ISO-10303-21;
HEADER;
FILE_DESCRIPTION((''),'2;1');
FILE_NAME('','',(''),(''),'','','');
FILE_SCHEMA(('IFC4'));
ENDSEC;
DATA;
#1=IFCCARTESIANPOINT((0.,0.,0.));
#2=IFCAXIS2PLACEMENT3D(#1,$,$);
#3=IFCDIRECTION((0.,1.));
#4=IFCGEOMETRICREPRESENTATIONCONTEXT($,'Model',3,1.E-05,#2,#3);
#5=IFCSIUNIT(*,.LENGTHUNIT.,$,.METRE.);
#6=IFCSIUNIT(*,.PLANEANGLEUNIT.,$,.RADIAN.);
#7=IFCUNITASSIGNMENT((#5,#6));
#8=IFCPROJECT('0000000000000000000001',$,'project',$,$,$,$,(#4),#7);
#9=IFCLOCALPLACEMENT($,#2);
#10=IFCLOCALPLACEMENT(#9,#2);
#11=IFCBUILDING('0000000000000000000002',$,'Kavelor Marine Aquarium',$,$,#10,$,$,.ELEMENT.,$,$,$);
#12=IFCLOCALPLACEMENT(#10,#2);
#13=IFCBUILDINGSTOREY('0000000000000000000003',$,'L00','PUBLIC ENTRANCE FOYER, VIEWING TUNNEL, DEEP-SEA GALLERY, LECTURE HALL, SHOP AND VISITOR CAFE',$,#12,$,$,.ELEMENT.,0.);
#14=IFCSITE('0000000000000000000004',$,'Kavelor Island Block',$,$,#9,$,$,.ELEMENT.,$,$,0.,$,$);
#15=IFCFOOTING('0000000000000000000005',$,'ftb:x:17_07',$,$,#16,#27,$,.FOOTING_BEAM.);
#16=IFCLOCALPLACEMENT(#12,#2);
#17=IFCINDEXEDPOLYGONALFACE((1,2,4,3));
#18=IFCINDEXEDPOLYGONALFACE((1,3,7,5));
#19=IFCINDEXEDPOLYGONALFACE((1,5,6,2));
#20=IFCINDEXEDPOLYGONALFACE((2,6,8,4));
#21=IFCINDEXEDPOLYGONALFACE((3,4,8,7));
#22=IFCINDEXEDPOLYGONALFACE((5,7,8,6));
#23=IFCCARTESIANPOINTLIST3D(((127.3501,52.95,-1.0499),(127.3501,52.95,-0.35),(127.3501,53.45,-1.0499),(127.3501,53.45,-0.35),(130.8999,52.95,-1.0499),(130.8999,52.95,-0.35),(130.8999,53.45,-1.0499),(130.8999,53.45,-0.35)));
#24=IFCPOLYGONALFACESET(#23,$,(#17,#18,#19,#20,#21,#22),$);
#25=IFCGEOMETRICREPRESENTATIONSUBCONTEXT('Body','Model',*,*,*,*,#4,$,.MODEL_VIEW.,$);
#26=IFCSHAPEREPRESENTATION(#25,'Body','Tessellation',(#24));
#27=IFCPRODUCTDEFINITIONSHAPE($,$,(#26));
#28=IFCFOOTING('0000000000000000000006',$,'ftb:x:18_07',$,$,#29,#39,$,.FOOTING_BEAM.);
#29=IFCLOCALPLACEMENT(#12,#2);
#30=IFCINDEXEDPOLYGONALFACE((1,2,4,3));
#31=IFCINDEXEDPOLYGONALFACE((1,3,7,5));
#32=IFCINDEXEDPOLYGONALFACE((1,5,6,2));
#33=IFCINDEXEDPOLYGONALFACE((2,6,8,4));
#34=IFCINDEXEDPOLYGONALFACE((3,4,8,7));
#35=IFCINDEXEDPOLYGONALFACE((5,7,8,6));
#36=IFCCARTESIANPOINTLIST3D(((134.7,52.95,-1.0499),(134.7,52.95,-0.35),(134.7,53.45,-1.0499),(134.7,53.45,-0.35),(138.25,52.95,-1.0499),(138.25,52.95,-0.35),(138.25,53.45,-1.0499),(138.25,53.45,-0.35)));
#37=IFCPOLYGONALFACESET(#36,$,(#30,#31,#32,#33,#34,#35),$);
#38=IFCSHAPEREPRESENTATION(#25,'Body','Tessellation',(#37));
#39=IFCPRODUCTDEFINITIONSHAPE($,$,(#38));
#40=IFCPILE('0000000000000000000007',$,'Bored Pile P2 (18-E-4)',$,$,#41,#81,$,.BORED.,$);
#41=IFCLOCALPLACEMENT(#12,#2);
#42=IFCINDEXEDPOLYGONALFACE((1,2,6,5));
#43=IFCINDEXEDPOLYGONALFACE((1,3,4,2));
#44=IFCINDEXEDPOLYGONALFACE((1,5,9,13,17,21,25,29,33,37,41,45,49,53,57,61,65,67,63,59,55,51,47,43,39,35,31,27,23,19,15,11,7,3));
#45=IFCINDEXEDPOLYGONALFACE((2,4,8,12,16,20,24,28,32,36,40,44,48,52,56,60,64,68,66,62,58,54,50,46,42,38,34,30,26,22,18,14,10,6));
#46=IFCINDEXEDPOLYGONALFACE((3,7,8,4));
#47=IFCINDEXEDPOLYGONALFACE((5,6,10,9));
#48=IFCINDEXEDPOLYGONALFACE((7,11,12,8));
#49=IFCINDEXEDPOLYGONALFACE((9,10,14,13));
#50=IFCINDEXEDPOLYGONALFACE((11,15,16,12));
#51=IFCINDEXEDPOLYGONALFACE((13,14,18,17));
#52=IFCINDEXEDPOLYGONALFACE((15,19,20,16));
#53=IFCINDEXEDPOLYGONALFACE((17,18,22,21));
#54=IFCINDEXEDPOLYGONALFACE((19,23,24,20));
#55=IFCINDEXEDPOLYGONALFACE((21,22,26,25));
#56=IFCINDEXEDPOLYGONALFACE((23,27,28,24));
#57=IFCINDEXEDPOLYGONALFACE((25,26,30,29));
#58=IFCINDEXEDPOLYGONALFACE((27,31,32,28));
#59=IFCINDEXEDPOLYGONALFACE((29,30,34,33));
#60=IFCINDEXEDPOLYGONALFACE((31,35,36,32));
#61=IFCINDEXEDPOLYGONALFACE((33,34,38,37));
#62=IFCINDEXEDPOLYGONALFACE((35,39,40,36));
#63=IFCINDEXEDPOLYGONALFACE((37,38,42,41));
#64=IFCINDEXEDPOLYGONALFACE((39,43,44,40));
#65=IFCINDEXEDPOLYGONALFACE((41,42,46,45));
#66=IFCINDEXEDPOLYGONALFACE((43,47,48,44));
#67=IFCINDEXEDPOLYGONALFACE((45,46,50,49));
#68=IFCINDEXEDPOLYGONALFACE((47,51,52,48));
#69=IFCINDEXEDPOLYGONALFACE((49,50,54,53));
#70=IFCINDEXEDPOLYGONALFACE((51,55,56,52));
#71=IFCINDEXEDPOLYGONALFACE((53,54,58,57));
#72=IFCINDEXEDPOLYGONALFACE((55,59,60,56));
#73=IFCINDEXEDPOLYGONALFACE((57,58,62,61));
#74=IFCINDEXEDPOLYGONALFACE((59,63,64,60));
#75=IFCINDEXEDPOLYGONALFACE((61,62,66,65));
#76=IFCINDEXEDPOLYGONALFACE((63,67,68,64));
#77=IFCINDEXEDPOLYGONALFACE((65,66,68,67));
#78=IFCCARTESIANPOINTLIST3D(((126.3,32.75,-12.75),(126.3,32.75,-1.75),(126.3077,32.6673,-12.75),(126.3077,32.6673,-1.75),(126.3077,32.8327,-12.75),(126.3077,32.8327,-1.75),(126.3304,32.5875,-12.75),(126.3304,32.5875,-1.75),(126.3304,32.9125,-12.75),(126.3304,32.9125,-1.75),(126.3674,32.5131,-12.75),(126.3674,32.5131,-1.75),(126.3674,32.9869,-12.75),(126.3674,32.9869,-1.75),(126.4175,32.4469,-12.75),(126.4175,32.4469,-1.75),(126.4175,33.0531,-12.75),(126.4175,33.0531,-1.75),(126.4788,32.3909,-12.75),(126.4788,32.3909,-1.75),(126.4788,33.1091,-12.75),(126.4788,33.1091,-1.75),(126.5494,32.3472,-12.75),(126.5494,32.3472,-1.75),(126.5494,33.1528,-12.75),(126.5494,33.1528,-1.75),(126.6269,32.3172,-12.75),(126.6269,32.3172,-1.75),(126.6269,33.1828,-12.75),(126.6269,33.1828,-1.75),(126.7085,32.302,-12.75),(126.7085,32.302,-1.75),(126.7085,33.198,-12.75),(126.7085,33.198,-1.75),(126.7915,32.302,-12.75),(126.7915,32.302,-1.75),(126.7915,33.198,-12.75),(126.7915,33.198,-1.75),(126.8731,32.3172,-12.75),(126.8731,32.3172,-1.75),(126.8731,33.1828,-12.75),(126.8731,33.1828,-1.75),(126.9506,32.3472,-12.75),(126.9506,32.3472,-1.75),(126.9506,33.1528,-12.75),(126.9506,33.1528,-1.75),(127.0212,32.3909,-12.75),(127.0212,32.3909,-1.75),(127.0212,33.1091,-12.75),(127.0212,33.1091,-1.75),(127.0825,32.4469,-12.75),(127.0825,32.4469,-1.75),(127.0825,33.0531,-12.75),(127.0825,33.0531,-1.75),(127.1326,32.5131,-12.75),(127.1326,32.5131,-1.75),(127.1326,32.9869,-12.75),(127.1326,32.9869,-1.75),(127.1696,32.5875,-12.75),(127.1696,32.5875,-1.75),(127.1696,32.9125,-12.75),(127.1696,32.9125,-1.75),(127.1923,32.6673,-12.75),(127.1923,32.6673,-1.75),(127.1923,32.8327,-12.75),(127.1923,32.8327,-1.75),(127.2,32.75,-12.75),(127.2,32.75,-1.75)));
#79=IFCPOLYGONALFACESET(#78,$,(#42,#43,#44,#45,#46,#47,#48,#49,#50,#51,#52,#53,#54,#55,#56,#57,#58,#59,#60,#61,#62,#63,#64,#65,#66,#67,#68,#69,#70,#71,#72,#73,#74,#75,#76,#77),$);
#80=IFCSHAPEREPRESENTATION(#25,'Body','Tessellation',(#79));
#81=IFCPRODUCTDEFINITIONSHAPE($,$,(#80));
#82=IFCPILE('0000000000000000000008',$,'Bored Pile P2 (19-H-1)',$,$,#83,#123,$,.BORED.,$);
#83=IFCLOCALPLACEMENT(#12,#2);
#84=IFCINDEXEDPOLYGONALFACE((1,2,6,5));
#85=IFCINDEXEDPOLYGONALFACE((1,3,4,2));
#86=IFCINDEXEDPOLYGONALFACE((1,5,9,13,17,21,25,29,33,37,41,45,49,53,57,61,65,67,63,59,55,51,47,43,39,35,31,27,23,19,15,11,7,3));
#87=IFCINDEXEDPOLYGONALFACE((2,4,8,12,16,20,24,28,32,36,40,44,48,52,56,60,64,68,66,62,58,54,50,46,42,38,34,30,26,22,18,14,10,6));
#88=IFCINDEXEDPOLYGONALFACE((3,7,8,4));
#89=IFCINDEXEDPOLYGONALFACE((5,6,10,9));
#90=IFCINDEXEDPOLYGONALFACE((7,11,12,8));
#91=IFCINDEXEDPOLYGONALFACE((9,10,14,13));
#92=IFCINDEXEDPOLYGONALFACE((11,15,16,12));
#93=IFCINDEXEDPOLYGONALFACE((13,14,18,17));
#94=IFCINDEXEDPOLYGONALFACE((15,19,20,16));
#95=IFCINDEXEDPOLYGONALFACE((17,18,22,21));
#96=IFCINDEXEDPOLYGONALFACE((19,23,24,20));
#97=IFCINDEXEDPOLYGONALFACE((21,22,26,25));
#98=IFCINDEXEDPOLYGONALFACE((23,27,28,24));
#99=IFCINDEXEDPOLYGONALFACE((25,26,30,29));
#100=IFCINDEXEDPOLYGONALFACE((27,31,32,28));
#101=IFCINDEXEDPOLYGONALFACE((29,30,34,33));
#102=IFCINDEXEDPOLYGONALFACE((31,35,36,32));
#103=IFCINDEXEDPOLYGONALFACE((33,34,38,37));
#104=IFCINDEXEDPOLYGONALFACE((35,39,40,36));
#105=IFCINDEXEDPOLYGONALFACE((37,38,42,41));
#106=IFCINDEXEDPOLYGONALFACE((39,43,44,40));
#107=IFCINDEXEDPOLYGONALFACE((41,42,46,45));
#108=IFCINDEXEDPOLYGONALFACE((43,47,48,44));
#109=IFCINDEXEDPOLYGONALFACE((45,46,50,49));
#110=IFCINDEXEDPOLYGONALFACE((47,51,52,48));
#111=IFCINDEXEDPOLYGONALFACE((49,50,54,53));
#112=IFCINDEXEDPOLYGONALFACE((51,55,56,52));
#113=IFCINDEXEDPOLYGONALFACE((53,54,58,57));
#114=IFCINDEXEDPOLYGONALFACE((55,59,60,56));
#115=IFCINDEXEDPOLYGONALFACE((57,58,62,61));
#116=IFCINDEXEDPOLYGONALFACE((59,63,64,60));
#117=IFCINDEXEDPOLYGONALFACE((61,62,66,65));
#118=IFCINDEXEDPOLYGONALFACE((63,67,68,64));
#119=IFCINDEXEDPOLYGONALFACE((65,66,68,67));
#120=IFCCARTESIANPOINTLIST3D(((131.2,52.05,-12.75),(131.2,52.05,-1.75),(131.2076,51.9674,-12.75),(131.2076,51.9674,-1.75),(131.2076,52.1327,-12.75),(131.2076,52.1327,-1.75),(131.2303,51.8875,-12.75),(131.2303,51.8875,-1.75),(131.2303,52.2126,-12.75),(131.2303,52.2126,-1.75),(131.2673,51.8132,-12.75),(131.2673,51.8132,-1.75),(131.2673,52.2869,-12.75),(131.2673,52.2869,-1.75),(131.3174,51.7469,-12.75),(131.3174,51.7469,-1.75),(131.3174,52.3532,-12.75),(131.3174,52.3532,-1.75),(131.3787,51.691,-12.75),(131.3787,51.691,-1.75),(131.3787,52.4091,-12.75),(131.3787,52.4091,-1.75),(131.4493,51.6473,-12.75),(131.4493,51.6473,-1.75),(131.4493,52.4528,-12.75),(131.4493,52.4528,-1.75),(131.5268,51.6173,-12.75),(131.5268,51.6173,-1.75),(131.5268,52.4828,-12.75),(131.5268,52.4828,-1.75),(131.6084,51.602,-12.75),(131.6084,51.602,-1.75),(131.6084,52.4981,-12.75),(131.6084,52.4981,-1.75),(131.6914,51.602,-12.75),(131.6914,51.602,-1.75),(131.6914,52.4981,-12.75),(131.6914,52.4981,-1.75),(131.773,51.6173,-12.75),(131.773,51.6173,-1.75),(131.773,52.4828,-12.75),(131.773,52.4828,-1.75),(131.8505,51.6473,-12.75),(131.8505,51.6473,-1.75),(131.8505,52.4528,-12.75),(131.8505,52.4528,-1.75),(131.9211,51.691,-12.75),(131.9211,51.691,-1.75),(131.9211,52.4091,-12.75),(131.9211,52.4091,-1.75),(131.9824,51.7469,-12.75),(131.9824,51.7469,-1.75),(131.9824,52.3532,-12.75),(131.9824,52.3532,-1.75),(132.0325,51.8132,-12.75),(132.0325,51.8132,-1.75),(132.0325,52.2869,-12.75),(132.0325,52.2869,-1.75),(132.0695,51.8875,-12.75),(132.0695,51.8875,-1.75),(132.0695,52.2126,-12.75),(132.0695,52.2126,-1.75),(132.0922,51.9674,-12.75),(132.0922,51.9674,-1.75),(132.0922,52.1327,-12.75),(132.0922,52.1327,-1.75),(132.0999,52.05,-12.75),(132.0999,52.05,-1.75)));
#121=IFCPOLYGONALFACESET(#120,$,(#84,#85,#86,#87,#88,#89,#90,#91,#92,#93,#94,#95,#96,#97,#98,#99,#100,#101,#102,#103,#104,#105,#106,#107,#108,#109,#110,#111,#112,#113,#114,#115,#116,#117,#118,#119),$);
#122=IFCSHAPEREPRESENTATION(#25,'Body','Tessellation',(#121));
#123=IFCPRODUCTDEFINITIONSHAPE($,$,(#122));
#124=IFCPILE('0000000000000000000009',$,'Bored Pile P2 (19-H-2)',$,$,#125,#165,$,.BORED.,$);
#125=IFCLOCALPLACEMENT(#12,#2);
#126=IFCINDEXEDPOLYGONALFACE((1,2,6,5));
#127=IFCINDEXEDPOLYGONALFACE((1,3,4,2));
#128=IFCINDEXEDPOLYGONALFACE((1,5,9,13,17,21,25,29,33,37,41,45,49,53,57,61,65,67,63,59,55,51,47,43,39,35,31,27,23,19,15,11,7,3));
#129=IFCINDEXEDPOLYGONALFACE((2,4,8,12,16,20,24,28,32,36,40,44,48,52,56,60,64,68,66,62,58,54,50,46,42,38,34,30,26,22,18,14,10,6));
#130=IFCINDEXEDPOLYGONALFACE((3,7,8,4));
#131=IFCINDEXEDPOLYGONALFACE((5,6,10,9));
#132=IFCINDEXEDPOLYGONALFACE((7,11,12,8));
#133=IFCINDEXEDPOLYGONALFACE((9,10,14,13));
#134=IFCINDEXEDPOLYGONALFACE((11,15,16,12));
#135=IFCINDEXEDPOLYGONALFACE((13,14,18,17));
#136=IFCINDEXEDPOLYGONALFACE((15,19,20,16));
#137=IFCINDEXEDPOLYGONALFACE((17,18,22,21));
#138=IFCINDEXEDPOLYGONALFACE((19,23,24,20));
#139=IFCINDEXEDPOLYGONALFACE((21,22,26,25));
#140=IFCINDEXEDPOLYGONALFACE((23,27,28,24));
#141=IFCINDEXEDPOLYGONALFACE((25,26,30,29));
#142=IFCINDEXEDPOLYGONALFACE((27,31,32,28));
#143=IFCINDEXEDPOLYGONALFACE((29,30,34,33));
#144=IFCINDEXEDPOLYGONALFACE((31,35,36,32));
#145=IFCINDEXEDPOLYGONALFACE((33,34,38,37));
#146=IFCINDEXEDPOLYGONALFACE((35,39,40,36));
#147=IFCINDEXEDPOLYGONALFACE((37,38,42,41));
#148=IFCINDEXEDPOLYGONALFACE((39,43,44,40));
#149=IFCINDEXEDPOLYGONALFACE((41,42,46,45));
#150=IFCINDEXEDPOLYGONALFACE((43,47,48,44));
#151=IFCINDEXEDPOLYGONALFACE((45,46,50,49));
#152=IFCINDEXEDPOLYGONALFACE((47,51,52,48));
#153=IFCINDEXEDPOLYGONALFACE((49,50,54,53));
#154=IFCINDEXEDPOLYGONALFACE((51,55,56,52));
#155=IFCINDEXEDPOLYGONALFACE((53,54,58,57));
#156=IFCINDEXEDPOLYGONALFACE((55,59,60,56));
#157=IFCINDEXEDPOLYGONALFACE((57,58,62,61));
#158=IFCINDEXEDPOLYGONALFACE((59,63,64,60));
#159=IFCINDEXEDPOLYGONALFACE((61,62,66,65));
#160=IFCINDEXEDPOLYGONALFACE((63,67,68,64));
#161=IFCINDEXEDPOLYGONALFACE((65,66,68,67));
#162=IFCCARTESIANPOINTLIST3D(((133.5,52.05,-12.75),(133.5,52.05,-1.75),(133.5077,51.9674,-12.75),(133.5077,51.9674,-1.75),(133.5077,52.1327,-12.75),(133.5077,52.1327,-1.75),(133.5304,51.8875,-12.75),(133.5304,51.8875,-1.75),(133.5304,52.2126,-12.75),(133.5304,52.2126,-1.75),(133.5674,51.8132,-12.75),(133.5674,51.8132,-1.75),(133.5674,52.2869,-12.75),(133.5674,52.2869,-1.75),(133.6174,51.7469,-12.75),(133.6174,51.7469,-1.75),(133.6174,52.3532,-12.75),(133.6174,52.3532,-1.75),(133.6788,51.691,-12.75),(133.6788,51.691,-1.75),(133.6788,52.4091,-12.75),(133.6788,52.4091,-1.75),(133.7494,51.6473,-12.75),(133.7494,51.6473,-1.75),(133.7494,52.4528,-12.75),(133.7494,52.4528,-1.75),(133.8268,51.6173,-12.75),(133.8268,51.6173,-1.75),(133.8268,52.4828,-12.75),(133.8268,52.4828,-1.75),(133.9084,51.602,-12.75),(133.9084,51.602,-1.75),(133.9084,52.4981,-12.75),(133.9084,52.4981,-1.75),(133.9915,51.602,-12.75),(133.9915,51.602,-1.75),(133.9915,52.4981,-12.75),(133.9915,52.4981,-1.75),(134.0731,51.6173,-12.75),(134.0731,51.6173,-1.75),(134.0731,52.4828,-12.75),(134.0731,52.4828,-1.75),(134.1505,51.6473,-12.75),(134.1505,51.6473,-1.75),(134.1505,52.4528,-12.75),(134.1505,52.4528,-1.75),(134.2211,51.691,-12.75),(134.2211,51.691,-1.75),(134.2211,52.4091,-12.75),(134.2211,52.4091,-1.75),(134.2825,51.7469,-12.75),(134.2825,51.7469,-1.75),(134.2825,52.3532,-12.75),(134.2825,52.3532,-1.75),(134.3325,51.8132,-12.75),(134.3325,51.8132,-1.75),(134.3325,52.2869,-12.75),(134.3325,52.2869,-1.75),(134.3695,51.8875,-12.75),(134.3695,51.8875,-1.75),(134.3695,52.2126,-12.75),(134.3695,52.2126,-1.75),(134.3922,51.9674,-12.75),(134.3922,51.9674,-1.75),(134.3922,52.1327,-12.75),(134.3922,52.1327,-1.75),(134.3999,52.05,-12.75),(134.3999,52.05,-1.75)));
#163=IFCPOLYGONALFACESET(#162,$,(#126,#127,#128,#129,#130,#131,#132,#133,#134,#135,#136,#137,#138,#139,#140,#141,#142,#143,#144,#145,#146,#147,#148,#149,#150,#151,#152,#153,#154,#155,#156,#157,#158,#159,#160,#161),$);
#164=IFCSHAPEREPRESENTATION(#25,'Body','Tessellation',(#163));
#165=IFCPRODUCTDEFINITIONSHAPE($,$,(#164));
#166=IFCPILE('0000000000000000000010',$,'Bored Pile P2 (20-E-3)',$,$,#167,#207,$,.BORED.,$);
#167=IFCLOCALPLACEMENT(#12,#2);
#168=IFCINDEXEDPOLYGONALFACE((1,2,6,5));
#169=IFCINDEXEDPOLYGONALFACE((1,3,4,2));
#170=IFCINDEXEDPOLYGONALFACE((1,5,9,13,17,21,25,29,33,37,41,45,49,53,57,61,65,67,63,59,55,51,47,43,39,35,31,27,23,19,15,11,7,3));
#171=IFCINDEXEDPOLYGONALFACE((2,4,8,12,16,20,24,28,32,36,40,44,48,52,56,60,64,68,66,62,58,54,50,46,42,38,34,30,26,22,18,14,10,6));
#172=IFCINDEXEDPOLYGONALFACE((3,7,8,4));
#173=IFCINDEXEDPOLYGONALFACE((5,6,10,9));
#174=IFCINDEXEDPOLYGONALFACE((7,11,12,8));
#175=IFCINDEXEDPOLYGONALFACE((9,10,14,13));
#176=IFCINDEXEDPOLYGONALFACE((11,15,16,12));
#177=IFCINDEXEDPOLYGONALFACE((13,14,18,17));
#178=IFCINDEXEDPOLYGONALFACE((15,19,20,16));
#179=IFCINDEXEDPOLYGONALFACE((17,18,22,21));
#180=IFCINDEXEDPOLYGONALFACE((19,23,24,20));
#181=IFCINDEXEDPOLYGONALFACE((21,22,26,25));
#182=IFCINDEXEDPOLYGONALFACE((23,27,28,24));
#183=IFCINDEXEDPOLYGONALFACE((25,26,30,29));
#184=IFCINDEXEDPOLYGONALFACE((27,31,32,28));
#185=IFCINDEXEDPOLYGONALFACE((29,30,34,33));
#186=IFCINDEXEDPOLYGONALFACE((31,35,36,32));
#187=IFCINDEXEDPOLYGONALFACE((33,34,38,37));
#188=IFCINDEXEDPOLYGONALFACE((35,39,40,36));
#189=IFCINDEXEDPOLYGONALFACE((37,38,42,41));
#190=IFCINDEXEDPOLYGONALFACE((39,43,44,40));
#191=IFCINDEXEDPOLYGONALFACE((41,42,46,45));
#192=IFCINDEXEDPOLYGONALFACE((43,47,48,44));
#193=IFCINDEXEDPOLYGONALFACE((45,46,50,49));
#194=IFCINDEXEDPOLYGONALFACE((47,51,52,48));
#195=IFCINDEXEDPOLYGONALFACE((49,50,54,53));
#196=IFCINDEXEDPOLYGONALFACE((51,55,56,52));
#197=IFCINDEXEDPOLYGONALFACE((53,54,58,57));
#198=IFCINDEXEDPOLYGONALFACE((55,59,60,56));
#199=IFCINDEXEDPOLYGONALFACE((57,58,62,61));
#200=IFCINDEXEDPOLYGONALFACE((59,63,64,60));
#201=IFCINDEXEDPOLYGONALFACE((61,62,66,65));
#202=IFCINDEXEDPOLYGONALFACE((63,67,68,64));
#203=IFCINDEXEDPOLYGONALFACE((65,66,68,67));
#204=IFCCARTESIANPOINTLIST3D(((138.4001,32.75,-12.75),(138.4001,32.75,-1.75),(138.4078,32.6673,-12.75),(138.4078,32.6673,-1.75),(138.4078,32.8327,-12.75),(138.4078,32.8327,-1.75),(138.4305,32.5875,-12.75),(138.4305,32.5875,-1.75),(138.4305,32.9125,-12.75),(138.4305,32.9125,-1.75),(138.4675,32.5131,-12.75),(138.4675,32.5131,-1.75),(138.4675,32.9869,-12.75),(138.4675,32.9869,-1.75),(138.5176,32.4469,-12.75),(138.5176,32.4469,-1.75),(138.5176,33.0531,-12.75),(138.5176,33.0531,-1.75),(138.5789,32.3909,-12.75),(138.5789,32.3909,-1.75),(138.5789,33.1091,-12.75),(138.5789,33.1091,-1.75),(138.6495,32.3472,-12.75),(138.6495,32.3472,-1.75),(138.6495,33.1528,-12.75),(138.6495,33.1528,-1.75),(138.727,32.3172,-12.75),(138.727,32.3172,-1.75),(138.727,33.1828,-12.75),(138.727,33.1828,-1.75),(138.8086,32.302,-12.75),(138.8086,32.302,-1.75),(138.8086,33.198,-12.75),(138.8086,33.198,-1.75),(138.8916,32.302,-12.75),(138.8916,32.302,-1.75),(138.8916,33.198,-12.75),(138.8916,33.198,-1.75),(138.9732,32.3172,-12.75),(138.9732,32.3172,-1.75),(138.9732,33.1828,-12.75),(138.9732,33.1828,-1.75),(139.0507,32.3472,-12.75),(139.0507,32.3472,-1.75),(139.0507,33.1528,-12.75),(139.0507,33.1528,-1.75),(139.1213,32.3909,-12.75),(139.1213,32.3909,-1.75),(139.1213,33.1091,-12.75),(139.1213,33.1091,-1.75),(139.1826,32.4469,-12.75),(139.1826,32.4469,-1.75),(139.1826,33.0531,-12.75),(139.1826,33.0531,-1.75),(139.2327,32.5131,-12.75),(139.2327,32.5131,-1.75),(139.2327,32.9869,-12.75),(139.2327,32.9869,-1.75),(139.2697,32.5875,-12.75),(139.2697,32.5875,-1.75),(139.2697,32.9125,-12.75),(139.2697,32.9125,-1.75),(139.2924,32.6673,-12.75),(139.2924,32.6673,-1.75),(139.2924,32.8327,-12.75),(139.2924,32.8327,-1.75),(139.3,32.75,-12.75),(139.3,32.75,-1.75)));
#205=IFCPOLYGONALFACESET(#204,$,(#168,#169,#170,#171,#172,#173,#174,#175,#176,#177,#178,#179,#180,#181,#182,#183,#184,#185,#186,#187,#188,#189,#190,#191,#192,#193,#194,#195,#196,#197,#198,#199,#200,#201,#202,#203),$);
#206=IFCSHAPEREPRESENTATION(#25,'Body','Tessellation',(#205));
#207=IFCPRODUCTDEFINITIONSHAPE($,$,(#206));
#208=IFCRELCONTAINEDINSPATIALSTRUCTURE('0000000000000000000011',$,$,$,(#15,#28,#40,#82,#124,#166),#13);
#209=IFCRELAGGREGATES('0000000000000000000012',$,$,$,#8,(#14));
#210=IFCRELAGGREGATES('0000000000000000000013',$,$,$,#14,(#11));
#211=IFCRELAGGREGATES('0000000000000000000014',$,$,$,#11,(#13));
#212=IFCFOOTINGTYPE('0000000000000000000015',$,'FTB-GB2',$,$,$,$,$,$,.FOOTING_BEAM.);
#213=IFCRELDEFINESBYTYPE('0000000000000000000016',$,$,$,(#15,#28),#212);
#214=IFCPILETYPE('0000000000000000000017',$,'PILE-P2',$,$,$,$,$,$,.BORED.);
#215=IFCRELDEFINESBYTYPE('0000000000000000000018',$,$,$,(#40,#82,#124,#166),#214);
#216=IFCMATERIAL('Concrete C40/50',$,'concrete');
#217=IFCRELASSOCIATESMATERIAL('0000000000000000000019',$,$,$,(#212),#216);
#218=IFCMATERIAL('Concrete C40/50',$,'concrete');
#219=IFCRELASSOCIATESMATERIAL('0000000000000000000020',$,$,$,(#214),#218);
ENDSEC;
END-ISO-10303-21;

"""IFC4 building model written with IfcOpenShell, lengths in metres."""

from ifc_helpers import new_model, si_unit, direction, frame, origin, origin_2d, place, context, subcontext, project, spatial, rectangle, circle, extrude, material, material_profile, profile_set, type_object, element, save


model = new_model("IFC4")

# Units and contexts
model_context = context("Model", 3, precision=1e-05, world=origin(), true_north=direction((0.0, 1.0)))
body_context = subcontext(model_context, "Body", "Model", "MODEL_VIEW")
ifc_project = project(units=[si_unit("LENGTHUNIT", "METRE"), si_unit("PLANEANGLEUNIT", "RADIAN")], contexts=[model_context])

# Site, building, storey
site_placement = place(None, origin())
site = spatial("IfcSite", under=ifc_project, at=site_placement, Name="Kavelor Island Block", CompositionType="ELEMENT", RefElevation=0.0)
building_placement = place(site_placement, origin())
building = spatial("IfcBuilding", under=site, at=building_placement, Name="Kavelor Marine Aquarium", CompositionType="ELEMENT")
storey_placement = place(building_placement, origin())
storey = spatial("IfcBuildingStorey", under=building, at=storey_placement, Name="L00", Description="PUBLIC ENTRANCE FOYER, VIEWING TUNNEL, DEEP-SEA GALLERY, LECTURE HALL, SHOP AND VISITOR CAFE", CompositionType="ELEMENT", Elevation=0.0)

# Footings
ifc_material_1 = material(Name="Concrete C40/50", Category="concrete")
ifc_material_profile_1 = material_profile(ifc_material_1, rectangle(XDim=0.5, YDim=0.7, at=origin_2d()), Name="GB 500x700")
ifc_profile_set_1 = profile_set([ifc_material_profile_1], Name="Concrete C40/50")
footing_type = type_object("IfcFootingType", Name="FTB-GB2", PredefinedType="FOOTING_BEAM", material=ifc_profile_set_1)
footing_1_placement = place(storey_placement, frame((127.3501, 53.2, -0.7), z_axis=(1.0, 0.0, 0.0), x_axis=(0.0, 1.0, 0.0)))
element("IfcFooting", 1, at=footing_1_placement, inside=storey, type_object=footing_type, Name="ftb:x:17_07", PredefinedType="FOOTING_BEAM", context=body_context, shape_type="SweptSolid", body=[
    extrude(rectangle(XDim=0.5, YDim=0.7, at=origin_2d()), origin(), (0.0, 0.0, 1.0), 3.5498),
])
footing_2_placement = place(storey_placement, frame((134.7, 53.2, -0.7), z_axis=(1.0, 0.0, 0.0), x_axis=(0.0, 1.0, 0.0)))
element("IfcFooting", 2, at=footing_2_placement, inside=storey, type_object=footing_type, Name="ftb:x:18_07", PredefinedType="FOOTING_BEAM", context=body_context, shape_type="SweptSolid", body=[
    extrude(rectangle(XDim=0.5, YDim=0.7, at=origin_2d()), origin(), (0.0, 0.0, 1.0), 3.55),
])

# Piles
ifc_material_2 = material(Name="Concrete C40/50", Category="concrete")
ifc_material_profile_2 = material_profile(ifc_material_2, circle(Radius=0.45, at=origin_2d()), Name="PILE D900")
ifc_profile_set_2 = profile_set([ifc_material_profile_2], Name="Concrete C40/50")
pile_type_1 = type_object("IfcPileType", Name="PILE-P2", PredefinedType="BORED", material=ifc_profile_set_2)
for number, where, z_axis, x_axis, name in (
    (3, (126.75, 32.75, -1.75), (0.0, 0.0, -1.0), (1.0, 0.0, 0.0), "Bored Pile P2 (18-E-4)"),
    (4, (131.6499, 52.05, -1.75), (0.0, 0.0, -1.0), (1.0, 0.0, 0.0), "Bored Pile P2 (19-H-1)"),
    (5, (133.95, 52.05, -1.75), (0.0, 0.0, -1.0), (1.0, 0.0, 0.0), "Bored Pile P2 (19-H-2)"),
    (6, (138.8501, 32.75, -1.75), (0.0, 0.0, -1.0), (1.0, 0.0, 0.0), "Bored Pile P2 (20-E-3)"),
):
    element("IfcPile", number, at=place(storey_placement, frame(where, z_axis=z_axis, x_axis=x_axis)), inside=storey, type_object=pile_type_1, Name=name, PredefinedType="BORED", context=body_context, shape_type="SweptSolid", body=[
        extrude(circle(Radius=0.45, at=origin_2d()), origin(), (0.0, 0.0, 1.0), 11.0),
    ])

save(model, "model.ifc")
